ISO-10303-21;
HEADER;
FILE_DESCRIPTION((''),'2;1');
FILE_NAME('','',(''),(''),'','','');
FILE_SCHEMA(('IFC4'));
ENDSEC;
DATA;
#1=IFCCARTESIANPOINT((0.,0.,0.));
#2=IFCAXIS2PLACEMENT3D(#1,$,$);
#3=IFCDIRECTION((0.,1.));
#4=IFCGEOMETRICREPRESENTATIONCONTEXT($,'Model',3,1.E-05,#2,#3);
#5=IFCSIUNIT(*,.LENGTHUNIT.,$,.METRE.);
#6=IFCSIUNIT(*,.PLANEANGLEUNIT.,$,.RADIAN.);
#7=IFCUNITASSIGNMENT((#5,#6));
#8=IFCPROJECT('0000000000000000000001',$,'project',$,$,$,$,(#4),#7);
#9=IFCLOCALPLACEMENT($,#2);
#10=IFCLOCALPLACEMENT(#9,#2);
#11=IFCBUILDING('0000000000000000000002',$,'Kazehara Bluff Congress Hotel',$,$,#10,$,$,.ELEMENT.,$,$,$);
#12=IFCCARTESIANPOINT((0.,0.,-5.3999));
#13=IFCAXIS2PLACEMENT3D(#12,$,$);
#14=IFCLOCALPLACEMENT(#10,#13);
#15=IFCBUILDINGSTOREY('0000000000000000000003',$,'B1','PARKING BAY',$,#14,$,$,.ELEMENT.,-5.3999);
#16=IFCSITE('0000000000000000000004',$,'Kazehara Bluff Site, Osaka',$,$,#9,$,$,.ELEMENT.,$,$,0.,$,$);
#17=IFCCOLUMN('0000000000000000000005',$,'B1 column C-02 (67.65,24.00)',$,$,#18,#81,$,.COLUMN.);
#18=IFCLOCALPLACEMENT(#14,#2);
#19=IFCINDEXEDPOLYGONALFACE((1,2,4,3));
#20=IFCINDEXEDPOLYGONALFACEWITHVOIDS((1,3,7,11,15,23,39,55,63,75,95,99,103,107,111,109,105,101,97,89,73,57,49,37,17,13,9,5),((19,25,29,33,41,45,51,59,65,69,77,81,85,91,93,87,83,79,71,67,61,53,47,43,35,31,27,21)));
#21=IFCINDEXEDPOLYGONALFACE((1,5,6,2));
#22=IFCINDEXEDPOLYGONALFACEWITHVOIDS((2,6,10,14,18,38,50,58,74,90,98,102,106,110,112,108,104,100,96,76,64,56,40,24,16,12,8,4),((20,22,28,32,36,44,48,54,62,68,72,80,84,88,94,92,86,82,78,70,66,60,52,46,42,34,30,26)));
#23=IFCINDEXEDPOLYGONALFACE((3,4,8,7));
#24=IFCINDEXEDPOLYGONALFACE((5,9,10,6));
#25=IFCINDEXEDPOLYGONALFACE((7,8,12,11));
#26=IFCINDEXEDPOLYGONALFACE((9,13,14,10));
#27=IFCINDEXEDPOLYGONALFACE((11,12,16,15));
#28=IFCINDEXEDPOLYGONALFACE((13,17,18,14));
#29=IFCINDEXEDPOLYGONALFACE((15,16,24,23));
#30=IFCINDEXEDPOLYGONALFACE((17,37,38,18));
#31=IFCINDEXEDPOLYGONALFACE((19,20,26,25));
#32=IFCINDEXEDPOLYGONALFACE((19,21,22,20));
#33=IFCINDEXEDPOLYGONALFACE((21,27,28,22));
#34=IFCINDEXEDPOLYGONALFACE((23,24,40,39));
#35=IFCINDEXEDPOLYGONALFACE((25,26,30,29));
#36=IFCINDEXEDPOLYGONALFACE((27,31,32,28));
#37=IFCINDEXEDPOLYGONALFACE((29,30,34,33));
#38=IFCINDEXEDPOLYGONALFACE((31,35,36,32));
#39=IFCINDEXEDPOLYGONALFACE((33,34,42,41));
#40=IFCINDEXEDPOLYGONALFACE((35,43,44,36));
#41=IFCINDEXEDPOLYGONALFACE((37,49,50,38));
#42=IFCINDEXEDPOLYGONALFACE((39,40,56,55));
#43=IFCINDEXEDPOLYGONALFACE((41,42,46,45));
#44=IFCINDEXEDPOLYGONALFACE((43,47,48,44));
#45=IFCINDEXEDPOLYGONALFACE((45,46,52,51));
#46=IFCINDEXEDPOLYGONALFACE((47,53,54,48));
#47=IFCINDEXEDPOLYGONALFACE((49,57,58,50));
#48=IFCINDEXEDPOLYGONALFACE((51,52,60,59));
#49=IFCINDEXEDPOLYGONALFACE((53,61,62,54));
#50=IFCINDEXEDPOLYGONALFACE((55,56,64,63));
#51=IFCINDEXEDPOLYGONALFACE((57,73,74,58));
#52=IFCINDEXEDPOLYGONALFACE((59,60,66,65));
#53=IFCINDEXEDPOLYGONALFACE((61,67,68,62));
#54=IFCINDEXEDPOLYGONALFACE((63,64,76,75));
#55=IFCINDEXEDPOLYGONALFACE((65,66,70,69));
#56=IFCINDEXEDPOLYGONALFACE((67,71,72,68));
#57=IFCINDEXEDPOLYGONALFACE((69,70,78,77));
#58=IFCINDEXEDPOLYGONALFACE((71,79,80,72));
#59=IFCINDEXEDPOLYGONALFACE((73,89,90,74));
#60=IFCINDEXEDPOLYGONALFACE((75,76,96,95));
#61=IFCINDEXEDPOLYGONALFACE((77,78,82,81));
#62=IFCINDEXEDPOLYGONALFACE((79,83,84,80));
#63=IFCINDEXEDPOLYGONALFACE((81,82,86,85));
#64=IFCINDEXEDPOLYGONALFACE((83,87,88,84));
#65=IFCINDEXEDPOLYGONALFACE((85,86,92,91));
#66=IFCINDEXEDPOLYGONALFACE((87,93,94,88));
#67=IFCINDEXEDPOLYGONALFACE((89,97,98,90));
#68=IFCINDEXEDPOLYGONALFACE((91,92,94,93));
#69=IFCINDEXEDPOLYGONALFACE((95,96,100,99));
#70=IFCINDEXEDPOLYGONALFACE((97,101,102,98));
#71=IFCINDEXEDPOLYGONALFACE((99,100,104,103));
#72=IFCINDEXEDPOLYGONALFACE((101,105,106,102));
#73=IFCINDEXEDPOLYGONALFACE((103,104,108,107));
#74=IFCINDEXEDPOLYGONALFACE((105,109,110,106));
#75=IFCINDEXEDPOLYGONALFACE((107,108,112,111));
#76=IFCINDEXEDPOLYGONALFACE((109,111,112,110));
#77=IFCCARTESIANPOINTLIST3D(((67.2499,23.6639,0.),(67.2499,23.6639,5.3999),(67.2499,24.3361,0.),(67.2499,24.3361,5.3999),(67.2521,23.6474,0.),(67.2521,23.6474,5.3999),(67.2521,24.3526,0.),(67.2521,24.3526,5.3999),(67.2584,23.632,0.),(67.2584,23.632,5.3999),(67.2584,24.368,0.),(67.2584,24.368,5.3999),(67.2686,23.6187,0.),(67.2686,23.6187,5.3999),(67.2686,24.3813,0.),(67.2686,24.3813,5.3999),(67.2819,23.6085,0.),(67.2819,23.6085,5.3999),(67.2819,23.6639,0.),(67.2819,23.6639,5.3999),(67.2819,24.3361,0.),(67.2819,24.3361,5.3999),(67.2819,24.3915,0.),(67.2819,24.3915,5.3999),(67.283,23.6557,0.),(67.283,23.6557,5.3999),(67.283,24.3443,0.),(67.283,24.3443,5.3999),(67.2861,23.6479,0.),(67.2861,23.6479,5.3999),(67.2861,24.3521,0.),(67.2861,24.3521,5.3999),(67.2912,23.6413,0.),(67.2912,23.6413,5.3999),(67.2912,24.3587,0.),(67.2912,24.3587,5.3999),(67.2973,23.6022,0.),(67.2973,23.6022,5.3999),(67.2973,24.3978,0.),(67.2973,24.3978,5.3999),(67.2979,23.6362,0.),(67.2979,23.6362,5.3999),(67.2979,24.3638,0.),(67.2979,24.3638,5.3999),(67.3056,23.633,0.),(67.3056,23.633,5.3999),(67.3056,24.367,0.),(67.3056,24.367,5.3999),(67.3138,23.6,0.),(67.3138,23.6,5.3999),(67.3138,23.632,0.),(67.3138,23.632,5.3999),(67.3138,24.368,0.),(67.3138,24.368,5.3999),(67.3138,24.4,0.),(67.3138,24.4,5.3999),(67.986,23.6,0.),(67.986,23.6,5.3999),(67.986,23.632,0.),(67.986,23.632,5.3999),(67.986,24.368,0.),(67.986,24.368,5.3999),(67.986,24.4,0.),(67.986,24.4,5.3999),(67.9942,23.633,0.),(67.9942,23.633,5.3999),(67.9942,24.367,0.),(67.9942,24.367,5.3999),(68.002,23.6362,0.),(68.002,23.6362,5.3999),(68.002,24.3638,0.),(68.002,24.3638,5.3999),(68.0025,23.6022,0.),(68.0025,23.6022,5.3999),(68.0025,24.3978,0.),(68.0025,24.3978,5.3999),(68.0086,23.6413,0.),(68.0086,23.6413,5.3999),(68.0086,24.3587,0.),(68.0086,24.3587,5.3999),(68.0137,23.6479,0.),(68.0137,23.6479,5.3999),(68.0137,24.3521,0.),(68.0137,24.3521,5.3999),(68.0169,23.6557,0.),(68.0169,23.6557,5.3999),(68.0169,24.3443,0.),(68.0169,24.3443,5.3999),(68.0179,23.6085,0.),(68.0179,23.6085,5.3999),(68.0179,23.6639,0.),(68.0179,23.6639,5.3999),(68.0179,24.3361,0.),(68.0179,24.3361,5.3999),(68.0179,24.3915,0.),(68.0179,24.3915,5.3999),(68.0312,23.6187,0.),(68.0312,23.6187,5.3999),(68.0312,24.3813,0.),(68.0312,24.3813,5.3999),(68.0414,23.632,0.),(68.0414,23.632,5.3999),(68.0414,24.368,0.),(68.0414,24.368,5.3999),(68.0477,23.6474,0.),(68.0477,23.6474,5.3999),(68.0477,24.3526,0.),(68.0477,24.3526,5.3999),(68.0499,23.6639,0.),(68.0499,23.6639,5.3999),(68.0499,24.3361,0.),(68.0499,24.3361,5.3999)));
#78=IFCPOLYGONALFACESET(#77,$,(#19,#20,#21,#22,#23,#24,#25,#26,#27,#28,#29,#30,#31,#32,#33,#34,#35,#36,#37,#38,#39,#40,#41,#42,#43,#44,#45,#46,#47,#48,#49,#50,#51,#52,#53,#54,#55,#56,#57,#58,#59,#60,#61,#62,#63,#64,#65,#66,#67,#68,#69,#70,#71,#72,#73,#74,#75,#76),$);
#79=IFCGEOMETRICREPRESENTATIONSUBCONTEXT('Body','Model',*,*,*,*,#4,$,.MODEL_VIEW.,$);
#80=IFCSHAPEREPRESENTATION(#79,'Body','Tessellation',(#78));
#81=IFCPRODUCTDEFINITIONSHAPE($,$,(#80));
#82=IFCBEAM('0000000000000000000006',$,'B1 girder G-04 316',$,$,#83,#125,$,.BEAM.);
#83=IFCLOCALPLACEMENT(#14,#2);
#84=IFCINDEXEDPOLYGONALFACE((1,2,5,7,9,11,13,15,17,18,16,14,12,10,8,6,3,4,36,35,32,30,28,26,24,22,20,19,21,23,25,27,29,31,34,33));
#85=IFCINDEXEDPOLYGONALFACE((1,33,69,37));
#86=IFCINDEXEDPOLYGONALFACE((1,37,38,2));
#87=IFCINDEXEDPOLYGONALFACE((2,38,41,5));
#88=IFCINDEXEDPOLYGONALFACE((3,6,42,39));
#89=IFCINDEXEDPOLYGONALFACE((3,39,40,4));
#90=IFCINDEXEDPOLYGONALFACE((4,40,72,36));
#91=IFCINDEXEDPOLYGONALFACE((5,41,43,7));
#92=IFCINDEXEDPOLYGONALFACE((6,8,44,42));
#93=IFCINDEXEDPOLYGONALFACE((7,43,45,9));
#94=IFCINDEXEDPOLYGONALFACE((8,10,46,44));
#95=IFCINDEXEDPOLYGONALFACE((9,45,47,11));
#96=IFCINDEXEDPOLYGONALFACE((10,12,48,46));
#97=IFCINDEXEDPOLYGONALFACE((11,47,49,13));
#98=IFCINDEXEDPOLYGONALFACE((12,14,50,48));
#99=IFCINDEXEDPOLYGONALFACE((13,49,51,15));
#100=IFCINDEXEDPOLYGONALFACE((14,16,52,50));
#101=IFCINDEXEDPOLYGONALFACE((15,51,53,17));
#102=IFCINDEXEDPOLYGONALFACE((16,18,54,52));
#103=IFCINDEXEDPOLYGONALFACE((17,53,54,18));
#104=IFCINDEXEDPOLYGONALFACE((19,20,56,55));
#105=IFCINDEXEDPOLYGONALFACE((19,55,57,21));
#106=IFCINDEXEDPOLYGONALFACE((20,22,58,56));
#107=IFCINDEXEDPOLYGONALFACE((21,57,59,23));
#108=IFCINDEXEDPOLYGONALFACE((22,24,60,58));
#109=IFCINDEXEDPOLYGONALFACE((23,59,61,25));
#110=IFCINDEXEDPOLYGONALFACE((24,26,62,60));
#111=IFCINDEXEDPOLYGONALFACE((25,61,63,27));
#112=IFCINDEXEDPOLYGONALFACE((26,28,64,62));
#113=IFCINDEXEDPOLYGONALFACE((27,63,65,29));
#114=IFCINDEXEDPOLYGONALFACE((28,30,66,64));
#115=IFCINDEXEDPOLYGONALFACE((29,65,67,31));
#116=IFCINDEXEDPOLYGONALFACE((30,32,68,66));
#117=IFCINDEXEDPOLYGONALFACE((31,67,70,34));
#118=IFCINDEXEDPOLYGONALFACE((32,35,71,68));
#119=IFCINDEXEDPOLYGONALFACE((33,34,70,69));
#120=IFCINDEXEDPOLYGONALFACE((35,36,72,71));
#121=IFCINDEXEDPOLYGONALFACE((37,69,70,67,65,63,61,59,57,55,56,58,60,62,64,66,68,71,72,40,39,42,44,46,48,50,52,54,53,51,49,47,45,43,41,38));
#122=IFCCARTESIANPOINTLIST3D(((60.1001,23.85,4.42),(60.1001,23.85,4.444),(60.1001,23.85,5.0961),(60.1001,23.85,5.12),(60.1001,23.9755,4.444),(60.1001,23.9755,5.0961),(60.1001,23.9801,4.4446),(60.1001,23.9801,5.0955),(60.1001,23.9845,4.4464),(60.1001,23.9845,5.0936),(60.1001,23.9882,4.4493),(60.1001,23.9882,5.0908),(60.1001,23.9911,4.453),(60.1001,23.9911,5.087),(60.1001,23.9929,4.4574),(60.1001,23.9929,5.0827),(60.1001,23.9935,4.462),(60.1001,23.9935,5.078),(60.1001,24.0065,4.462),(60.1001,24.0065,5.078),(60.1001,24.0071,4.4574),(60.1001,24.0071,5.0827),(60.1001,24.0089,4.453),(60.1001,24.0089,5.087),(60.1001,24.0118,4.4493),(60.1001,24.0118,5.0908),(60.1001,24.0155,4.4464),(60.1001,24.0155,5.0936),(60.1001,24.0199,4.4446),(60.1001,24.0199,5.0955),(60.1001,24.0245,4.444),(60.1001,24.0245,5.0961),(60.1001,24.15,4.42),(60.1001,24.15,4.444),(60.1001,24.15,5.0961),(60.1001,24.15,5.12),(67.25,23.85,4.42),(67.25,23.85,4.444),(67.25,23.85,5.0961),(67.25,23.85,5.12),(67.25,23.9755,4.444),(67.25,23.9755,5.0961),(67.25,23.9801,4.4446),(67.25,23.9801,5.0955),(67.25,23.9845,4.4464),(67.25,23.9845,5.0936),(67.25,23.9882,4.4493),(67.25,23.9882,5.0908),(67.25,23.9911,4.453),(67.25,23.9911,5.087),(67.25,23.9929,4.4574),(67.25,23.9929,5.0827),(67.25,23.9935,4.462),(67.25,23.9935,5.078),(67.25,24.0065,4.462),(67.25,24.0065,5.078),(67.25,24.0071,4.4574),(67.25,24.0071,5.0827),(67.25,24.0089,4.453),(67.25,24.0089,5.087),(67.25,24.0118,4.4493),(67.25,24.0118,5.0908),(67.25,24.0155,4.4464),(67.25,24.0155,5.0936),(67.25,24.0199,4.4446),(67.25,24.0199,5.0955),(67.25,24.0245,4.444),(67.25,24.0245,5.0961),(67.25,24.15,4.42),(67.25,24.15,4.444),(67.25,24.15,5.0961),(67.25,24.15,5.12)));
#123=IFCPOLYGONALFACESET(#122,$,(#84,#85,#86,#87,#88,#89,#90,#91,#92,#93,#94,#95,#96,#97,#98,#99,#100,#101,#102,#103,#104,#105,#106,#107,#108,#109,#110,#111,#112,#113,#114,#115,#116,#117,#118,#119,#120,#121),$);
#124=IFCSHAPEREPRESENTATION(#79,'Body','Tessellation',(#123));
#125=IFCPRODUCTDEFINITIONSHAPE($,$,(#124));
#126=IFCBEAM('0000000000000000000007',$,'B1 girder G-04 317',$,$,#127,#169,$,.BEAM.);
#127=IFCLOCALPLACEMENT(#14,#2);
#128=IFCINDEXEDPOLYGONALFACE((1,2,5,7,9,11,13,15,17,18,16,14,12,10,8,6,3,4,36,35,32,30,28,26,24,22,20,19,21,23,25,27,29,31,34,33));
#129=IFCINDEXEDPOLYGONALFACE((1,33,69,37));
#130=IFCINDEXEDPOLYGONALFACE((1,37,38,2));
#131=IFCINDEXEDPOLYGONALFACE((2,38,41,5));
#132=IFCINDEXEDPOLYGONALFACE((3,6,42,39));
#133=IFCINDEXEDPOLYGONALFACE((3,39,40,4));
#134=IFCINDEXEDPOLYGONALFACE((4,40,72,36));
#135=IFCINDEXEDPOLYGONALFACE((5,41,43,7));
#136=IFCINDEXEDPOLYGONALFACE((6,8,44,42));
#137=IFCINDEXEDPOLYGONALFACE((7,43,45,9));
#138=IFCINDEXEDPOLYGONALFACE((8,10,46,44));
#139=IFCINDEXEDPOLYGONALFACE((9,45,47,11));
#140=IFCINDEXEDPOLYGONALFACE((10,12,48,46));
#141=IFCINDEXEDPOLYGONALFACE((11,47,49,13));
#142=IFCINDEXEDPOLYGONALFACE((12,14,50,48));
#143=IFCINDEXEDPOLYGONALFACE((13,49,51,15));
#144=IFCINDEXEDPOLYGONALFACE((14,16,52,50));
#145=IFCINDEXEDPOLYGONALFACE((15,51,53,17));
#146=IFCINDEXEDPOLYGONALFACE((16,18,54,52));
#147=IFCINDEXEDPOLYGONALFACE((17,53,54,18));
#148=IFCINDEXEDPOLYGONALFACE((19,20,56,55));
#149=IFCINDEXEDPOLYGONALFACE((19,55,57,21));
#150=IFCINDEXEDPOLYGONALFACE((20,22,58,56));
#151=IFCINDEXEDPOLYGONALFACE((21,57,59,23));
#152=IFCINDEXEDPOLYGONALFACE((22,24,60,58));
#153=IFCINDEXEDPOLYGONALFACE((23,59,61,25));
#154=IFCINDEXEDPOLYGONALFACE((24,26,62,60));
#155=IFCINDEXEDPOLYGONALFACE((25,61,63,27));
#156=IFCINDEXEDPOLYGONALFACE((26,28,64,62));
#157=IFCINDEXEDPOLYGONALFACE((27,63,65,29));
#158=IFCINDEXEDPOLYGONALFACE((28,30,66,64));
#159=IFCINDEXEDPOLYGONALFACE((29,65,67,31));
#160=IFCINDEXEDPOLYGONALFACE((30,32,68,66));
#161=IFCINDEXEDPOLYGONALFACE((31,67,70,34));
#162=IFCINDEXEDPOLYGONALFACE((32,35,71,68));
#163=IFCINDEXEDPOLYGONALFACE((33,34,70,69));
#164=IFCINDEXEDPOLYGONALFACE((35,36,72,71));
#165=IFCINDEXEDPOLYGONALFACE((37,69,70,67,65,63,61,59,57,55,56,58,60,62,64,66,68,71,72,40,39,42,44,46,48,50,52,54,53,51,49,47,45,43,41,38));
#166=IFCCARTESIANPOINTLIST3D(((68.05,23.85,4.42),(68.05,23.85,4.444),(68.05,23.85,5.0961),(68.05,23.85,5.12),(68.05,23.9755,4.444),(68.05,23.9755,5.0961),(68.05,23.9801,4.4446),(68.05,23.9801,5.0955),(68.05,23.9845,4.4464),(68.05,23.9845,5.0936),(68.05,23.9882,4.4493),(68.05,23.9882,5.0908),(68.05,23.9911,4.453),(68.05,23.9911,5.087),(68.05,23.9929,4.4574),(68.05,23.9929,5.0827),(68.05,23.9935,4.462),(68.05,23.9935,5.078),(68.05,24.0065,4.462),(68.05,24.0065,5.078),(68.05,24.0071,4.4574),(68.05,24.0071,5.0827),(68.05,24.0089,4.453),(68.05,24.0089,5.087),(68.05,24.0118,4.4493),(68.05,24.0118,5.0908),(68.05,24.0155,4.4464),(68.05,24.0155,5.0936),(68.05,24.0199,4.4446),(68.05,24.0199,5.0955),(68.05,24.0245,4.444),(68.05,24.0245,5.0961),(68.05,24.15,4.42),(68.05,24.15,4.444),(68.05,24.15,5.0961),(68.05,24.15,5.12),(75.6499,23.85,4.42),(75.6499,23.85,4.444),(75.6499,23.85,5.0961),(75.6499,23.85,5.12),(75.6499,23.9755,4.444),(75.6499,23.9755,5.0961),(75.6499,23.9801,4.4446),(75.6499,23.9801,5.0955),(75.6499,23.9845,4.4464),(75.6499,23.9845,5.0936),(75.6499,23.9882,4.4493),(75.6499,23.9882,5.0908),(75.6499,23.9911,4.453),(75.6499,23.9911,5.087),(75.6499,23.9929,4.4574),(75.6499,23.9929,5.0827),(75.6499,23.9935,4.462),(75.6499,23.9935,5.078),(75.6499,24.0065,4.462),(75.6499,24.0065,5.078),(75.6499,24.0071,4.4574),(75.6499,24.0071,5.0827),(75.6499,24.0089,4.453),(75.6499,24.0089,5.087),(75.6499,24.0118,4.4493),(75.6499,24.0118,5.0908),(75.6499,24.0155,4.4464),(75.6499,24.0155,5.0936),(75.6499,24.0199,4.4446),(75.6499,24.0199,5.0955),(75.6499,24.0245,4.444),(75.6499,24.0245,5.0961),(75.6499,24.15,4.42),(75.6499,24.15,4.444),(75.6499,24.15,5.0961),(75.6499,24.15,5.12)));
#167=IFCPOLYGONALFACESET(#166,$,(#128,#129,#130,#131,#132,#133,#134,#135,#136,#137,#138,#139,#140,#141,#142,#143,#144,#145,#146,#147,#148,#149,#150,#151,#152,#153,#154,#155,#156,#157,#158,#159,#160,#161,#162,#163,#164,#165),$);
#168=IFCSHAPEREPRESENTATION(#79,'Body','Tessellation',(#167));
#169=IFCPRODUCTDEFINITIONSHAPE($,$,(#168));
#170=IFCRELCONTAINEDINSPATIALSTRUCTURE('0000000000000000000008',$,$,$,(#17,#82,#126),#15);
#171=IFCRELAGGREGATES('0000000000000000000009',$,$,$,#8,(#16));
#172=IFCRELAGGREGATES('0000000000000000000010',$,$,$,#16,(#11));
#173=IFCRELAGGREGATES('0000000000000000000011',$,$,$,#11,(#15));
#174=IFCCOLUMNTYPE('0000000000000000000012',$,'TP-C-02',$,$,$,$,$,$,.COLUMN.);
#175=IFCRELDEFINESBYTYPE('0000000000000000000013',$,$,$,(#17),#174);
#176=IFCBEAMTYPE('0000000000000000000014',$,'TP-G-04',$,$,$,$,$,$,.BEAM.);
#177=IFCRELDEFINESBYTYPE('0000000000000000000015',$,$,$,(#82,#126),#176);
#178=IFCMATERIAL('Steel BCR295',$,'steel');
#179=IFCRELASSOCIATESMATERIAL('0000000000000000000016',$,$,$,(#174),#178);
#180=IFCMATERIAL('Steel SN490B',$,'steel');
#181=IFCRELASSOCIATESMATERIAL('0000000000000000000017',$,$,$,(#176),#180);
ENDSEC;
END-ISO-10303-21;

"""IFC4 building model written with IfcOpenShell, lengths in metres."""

from ifc_helpers import new_model, si_unit, direction, frame, origin, origin_2d, place, context, subcontext, project, spatial, hollow_rectangle, i_section, extrude, material, material_profile, profile_set, type_object, element, save


model = new_model("IFC4")

# Units and contexts
model_context = context("Model", 3, precision=1e-05, world=origin(), true_north=direction((0.0, 1.0)))
body_context = subcontext(model_context, "Body", "Model", "MODEL_VIEW")
ifc_project = project(units=[si_unit("LENGTHUNIT", "METRE"), si_unit("PLANEANGLEUNIT", "RADIAN")], contexts=[model_context])

# Site, building, storey
site_placement = place(None, origin())
site = spatial("IfcSite", under=ifc_project, at=site_placement, Name="Kazehara Bluff Site, Osaka", CompositionType="ELEMENT", RefElevation=0.0)
building_placement = place(site_placement, origin())
building = spatial("IfcBuilding", under=site, at=building_placement, Name="Kazehara Bluff Congress Hotel", CompositionType="ELEMENT")
storey_placement = place(building_placement, frame((0.0, 0.0, -5.3999)))
storey = spatial("IfcBuildingStorey", under=building, at=storey_placement, Name="B1", Description="PARKING BAY", CompositionType="ELEMENT", Elevation=-5.3999)

# Column
ifc_material_1 = material(Name="Steel BCR295", Category="steel")
ifc_material_profile_1 = material_profile(ifc_material_1, hollow_rectangle(XDim=0.8, YDim=0.8, WallThickness=0.032, InnerFilletRadius=0.032, OuterFilletRadius=0.064, at=origin_2d()))
ifc_profile_set_1 = profile_set([ifc_material_profile_1], Name="Steel BCR295")
column_type = type_object("IfcColumnType", Name="TP-C-02", PredefinedType="COLUMN", material=ifc_profile_set_1)
column_placement = place(storey_placement, frame((67.6499, 24.0, 0.0), z_axis=(0.0, 0.0, 1.0), x_axis=(1.0, 0.0, 0.0)))
element("IfcColumn", 1, at=column_placement, inside=storey, type_object=column_type, Name="B1 column C-02 (67.65,24.00)", PredefinedType="COLUMN", context=body_context, shape_type="SweptSolid", body=[
    extrude(hollow_rectangle(XDim=0.8, YDim=0.8, WallThickness=0.032, InnerFilletRadius=0.032, OuterFilletRadius=0.064, at=origin_2d()), origin(), (0.0, 0.0, 1.0), 5.3999),
])

# Beams
ifc_material_2 = material(Name="Steel SN490B", Category="steel")
ifc_material_profile_2 = material_profile(ifc_material_2, i_section(OverallWidth=0.3, OverallDepth=0.7, WebThickness=0.0129, FlangeThickness=0.0239, FilletRadius=0.0181, at=origin_2d()))
ifc_profile_set_2 = profile_set([ifc_material_profile_2], Name="Steel SN490B")
beam_type_1 = type_object("IfcBeamType", Name="TP-G-04", PredefinedType="BEAM", material=ifc_profile_set_2)
beam_1_placement = place(storey_placement, frame((60.1001, 24.0, 4.77), z_axis=(1.0, 0.0, 0.0), x_axis=(0.0, 1.0, 0.0)))
element("IfcBeam", 2, at=beam_1_placement, inside=storey, type_object=beam_type_1, Name="B1 girder G-04 316", PredefinedType="BEAM", context=body_context, shape_type="SweptSolid", body=[
    extrude(i_section(OverallWidth=0.3, OverallDepth=0.7, WebThickness=0.0129, FlangeThickness=0.0239, FilletRadius=0.0181, at=origin_2d()), origin(), (0.0, 0.0, 1.0), 7.1499),
])
beam_2_placement = place(storey_placement, frame((68.05, 24.0, 4.77), z_axis=(1.0, 0.0, 0.0), x_axis=(0.0, 1.0, 0.0)))
element("IfcBeam", 3, at=beam_2_placement, inside=storey, type_object=beam_type_1, Name="B1 girder G-04 317", PredefinedType="BEAM", context=body_context, shape_type="SweptSolid", body=[
    extrude(i_section(OverallWidth=0.3, OverallDepth=0.7, WebThickness=0.0129, FlangeThickness=0.0239, FilletRadius=0.0181, at=origin_2d()), origin(), (0.0, 0.0, 1.0), 7.5999),
])

save(model, "model.ifc")
